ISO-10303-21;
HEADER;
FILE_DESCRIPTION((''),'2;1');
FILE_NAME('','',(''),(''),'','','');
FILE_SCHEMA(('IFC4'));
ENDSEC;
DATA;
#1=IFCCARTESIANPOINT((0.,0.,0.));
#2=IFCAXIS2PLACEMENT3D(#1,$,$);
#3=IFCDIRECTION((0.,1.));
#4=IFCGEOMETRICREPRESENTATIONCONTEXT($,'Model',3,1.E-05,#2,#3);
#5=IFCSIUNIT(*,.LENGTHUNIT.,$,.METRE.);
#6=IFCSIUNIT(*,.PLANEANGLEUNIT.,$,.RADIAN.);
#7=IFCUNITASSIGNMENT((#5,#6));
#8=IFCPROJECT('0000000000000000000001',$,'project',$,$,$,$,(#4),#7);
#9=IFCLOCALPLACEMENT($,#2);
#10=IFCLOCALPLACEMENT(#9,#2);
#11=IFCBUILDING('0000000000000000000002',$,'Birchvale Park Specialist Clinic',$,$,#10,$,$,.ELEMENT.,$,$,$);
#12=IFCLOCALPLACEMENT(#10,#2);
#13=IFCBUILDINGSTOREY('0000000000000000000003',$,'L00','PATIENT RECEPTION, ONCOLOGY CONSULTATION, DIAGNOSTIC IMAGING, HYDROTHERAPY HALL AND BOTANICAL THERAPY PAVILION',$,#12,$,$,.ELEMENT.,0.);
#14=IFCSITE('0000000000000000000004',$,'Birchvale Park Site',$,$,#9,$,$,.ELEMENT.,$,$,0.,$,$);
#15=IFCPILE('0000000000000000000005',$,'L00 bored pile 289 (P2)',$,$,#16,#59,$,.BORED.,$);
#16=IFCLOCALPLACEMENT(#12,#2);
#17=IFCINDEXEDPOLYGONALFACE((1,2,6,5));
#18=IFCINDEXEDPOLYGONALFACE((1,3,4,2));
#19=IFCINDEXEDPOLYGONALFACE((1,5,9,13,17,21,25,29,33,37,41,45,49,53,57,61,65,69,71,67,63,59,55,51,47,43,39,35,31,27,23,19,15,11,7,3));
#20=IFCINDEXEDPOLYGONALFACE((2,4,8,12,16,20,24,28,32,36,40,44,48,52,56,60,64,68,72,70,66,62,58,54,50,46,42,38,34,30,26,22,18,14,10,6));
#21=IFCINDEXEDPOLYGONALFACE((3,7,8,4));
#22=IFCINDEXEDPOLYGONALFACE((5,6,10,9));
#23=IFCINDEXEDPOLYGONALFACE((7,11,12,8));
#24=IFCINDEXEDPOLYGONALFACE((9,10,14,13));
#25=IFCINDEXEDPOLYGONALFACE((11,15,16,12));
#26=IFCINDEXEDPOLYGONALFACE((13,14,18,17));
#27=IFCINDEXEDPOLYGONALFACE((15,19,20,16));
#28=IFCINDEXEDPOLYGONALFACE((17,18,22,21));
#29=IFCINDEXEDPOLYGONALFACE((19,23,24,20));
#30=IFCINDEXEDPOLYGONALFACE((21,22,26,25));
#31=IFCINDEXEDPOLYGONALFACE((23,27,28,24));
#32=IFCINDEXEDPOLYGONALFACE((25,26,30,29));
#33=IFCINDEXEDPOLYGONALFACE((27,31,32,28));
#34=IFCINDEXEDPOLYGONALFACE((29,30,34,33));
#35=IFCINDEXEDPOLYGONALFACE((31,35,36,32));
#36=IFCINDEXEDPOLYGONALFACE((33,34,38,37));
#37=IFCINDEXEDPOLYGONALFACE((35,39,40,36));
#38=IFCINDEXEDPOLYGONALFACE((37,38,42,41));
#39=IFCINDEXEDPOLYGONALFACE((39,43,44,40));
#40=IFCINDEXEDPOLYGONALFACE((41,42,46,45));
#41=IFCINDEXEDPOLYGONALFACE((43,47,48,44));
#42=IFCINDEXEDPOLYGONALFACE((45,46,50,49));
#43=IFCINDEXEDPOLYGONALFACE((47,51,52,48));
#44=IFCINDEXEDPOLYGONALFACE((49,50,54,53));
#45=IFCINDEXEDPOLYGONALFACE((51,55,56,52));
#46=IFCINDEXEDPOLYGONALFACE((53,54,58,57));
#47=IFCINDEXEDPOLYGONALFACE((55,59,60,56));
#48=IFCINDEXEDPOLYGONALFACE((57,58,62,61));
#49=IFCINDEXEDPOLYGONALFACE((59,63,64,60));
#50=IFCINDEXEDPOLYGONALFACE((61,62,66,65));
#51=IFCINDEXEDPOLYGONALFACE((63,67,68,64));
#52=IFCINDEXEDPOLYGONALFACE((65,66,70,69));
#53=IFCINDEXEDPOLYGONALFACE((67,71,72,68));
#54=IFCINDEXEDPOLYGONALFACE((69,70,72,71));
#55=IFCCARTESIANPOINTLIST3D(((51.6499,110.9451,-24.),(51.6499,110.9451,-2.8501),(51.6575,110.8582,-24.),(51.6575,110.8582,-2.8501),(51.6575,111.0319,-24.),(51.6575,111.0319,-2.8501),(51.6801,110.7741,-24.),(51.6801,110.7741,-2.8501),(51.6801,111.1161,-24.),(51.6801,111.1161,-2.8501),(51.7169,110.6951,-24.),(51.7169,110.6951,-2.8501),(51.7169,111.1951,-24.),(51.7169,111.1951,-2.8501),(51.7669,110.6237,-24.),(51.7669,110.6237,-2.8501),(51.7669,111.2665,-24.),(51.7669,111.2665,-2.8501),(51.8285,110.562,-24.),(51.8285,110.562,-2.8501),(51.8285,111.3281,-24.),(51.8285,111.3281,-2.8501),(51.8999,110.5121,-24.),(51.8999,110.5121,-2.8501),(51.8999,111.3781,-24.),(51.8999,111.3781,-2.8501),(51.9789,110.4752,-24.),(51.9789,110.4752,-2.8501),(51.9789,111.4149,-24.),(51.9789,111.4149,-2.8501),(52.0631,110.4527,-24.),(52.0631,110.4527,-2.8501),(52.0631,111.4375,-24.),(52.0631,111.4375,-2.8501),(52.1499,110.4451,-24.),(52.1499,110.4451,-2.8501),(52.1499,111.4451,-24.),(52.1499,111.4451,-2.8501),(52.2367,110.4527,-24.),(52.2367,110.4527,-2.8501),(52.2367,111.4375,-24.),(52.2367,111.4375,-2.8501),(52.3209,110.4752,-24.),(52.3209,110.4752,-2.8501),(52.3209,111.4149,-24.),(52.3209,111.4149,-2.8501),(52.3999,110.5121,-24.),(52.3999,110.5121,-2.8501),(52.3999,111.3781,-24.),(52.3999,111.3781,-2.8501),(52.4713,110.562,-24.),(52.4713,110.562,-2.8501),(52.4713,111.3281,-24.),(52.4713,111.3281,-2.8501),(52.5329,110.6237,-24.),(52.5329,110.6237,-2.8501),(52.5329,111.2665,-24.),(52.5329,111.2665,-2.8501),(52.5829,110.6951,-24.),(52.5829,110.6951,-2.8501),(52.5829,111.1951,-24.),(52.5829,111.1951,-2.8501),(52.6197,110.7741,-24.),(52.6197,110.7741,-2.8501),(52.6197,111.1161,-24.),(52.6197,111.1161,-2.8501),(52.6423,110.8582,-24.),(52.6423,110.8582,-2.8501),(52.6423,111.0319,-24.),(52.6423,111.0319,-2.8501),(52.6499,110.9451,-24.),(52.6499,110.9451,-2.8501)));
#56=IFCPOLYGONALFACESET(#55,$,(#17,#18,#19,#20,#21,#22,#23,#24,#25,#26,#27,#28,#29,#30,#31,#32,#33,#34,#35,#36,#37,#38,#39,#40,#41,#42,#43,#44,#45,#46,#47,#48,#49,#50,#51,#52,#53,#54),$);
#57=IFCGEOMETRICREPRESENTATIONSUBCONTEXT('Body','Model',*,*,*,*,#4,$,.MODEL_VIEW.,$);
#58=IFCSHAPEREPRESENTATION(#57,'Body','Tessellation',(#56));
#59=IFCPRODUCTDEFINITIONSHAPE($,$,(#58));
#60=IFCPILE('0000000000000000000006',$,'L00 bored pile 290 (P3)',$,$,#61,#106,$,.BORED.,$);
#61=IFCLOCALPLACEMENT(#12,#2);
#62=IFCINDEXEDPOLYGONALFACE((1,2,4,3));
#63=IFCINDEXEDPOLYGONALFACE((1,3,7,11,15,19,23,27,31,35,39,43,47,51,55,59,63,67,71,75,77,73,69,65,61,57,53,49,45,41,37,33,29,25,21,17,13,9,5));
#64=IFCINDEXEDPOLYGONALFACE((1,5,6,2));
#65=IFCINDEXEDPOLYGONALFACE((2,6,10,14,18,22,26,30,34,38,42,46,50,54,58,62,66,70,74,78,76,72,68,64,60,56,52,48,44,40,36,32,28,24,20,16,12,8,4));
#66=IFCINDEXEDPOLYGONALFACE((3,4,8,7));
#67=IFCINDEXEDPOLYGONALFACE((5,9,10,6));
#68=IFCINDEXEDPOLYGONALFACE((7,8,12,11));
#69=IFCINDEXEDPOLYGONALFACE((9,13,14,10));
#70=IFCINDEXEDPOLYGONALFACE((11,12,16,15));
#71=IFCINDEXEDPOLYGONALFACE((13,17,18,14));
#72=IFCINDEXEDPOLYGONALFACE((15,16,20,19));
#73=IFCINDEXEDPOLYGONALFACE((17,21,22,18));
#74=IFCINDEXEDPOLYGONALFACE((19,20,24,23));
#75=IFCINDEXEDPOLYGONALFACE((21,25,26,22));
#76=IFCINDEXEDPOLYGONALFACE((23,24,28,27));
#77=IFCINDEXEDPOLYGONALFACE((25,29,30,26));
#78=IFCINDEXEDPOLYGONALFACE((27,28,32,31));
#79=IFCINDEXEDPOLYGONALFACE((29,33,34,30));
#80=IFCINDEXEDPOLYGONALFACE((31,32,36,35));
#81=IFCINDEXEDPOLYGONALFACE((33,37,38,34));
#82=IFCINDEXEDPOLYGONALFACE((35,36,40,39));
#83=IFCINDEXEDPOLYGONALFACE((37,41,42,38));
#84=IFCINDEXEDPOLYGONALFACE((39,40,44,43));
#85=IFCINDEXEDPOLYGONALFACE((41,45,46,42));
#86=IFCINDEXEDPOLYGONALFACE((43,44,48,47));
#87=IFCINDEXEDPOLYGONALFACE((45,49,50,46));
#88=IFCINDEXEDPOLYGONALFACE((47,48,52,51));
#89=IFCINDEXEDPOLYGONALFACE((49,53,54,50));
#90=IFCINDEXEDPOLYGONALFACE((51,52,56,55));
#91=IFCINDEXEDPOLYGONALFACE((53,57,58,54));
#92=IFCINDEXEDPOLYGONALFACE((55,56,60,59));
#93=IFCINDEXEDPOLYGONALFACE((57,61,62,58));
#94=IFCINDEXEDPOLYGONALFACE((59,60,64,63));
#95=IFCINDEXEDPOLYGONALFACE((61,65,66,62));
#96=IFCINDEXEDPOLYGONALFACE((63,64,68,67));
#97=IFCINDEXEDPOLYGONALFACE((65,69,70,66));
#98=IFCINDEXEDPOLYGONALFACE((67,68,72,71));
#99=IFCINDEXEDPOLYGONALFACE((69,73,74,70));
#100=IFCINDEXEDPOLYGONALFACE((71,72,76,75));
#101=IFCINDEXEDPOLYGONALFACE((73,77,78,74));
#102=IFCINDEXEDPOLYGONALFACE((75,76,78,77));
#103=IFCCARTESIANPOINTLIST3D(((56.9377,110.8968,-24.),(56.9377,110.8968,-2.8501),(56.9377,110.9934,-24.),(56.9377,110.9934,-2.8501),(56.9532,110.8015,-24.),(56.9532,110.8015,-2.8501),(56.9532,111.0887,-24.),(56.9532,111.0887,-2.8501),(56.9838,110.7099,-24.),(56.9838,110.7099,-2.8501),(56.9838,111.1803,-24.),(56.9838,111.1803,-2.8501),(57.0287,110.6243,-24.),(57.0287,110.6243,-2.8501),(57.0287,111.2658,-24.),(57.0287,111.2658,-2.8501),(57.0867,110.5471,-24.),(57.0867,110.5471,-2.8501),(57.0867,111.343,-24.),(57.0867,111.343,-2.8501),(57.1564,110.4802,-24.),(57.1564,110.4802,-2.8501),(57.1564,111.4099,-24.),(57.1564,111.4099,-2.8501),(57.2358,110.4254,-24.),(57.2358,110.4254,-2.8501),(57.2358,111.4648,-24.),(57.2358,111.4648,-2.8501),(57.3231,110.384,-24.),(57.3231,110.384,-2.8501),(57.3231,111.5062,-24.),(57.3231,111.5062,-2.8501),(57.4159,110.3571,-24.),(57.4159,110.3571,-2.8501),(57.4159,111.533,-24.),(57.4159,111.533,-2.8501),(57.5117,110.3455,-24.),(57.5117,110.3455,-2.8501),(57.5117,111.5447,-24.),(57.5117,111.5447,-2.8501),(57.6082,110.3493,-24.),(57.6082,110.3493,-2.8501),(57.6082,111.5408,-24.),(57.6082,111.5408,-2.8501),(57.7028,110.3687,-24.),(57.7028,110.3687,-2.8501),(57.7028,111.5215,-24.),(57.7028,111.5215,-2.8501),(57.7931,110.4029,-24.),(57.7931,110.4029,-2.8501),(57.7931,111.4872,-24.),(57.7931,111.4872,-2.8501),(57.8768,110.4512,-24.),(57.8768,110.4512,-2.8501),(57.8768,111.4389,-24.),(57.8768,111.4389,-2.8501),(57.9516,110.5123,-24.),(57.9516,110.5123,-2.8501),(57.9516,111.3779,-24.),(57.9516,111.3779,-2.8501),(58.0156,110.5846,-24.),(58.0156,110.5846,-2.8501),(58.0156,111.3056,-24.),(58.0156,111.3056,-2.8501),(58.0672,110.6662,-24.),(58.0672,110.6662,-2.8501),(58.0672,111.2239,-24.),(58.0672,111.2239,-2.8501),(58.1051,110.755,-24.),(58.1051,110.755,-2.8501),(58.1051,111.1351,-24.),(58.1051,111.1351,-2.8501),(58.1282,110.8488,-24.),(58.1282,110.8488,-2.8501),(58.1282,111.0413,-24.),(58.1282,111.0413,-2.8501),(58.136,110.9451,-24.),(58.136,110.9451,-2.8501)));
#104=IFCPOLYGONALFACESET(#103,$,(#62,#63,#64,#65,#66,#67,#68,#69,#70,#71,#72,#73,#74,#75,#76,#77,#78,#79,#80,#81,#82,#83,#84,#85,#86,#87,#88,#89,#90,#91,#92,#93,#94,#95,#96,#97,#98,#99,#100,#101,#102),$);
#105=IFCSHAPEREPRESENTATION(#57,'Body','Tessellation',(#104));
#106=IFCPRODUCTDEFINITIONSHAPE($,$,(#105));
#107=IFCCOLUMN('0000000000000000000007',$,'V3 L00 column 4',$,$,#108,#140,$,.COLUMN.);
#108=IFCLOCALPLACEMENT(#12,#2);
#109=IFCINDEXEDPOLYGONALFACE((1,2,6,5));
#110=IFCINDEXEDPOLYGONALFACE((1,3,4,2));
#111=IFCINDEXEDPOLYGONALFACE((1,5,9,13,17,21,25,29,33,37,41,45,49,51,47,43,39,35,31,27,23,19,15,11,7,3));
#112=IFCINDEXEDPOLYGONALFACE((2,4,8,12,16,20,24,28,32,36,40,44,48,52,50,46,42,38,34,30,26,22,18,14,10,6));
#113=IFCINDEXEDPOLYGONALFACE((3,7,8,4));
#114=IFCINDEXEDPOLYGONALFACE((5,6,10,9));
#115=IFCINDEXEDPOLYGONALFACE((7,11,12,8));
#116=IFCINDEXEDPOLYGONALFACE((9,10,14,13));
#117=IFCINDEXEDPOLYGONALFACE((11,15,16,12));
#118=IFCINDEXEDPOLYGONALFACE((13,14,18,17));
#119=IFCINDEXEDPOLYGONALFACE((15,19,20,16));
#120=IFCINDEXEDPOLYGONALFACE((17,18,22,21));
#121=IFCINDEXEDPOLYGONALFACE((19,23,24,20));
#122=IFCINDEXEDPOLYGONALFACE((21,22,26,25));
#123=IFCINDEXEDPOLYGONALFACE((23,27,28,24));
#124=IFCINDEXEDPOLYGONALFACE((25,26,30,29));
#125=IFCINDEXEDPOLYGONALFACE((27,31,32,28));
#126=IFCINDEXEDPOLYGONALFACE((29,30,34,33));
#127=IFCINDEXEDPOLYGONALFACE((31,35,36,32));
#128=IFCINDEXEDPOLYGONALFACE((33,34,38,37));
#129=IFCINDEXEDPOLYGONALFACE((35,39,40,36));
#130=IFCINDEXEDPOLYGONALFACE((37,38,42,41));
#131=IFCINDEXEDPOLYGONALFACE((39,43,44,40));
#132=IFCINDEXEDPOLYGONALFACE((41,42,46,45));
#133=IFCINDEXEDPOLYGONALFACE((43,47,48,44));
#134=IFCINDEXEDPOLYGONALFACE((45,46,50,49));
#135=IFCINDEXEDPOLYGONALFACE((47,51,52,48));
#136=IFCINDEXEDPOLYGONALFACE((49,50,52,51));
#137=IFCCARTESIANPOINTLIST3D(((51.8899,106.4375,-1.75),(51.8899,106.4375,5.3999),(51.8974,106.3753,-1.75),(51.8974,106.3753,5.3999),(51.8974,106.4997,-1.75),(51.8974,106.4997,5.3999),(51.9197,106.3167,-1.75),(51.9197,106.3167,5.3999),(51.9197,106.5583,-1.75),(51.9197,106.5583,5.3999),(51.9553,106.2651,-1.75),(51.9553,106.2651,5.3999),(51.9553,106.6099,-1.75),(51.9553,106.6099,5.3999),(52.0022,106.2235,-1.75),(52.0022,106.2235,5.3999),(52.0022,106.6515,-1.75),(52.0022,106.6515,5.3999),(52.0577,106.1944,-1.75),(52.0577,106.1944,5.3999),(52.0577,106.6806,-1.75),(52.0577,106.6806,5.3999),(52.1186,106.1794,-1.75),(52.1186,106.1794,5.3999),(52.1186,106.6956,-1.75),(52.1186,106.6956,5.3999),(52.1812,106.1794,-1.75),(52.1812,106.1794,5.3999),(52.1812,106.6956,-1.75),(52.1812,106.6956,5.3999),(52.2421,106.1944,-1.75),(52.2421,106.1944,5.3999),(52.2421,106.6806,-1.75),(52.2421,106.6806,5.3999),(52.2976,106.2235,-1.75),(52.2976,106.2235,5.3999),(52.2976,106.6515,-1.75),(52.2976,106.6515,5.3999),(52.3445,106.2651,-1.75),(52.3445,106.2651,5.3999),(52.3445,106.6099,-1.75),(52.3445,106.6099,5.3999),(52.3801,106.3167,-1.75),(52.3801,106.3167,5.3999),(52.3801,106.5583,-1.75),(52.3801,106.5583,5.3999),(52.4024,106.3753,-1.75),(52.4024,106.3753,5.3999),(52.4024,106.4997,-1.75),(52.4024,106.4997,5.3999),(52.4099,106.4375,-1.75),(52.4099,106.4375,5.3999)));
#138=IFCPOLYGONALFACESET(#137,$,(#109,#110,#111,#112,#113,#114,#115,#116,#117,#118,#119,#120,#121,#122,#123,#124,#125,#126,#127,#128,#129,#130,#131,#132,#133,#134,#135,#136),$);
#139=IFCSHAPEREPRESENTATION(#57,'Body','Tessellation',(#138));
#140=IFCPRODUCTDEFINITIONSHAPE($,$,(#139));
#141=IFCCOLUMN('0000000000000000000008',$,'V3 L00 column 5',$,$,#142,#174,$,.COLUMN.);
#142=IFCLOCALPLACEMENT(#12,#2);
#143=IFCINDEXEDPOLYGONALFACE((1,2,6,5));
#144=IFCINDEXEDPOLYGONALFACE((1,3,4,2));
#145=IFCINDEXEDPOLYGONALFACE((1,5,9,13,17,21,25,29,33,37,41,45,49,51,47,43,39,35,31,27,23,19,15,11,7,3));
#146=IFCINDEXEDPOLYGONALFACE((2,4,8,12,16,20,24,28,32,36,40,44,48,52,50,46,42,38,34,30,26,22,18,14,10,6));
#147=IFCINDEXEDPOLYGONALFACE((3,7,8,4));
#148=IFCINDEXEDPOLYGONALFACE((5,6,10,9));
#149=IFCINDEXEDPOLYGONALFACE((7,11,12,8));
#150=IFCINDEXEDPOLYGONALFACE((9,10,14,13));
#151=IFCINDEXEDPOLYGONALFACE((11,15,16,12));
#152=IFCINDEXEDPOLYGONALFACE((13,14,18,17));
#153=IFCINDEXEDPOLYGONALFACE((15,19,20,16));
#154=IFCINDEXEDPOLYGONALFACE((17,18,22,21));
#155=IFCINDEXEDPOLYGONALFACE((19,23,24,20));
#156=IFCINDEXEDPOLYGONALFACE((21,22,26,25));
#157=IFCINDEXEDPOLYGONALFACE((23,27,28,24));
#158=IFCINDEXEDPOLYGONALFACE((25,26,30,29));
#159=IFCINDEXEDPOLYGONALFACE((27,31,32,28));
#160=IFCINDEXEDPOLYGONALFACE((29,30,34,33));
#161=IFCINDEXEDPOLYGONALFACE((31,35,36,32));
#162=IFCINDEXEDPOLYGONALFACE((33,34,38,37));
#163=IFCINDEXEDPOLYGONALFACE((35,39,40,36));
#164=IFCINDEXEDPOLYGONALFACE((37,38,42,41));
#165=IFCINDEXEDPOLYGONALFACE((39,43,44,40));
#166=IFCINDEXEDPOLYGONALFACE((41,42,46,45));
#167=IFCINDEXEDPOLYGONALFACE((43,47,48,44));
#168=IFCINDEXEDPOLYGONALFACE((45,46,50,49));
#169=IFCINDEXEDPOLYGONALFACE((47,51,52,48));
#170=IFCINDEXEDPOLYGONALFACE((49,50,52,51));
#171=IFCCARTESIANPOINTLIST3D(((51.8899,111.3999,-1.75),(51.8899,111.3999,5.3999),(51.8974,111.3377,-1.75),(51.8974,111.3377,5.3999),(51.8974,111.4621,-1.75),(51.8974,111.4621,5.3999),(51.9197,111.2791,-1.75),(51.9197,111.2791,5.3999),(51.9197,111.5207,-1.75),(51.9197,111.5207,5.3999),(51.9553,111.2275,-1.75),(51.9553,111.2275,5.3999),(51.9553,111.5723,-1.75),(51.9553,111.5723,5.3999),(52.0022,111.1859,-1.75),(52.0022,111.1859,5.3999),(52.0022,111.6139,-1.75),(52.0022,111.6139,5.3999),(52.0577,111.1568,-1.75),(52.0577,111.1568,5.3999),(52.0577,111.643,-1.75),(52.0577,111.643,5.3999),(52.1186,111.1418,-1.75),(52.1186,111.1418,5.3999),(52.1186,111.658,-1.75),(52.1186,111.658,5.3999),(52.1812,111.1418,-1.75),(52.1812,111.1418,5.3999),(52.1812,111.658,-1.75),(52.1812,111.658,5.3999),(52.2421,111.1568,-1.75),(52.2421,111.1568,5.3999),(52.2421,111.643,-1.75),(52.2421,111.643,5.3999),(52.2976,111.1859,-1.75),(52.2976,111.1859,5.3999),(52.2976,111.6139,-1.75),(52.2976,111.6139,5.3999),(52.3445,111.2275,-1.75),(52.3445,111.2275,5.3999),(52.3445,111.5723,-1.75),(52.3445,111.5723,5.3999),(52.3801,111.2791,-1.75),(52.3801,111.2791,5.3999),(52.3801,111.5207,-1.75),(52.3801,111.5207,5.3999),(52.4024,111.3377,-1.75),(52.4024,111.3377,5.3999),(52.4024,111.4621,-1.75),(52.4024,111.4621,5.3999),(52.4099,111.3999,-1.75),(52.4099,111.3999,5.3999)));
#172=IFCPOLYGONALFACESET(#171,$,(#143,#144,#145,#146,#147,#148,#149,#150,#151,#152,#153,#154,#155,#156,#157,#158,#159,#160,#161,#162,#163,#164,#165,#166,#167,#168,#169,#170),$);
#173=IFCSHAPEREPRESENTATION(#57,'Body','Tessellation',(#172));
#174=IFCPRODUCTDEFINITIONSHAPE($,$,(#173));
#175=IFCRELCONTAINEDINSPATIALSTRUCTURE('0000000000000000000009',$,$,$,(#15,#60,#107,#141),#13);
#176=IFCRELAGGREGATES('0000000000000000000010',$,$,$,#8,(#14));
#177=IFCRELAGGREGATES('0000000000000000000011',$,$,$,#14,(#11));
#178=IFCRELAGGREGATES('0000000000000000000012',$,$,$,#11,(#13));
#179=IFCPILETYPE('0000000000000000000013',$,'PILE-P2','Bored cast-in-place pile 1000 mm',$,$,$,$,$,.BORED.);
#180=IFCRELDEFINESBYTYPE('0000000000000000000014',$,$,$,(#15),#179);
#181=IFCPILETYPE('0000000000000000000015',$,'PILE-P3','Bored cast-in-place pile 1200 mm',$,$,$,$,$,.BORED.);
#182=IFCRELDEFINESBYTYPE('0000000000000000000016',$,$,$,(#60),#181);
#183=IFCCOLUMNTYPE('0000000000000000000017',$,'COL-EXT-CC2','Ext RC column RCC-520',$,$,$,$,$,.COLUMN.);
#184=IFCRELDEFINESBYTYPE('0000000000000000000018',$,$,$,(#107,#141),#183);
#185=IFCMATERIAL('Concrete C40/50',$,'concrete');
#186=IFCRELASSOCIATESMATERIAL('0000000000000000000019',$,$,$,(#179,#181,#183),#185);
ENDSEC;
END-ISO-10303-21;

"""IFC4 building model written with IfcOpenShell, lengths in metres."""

from ifc_helpers import new_model, si_unit, direction, frame, origin, origin_2d, place, context, subcontext, project, spatial, circle, extrude, material, material_profile, profile_set, type_object, element, save


model = new_model("IFC4")

# Units and contexts
model_context = context("Model", 3, precision=1e-05, world=origin(), true_north=direction((0.0, 1.0)))
body_context = subcontext(model_context, "Body", "Model", "MODEL_VIEW")
ifc_project = project(units=[si_unit("LENGTHUNIT", "METRE"), si_unit("PLANEANGLEUNIT", "RADIAN")], contexts=[model_context])

# Site, building, storey
site_placement = place(None, origin())
site = spatial("IfcSite", under=ifc_project, at=site_placement, Name="Birchvale Park Site", CompositionType="ELEMENT", RefElevation=0.0)
building_placement = place(site_placement, origin())
building = spatial("IfcBuilding", under=site, at=building_placement, Name="Birchvale Park Specialist Clinic", CompositionType="ELEMENT")
storey_placement = place(building_placement, origin())
storey = spatial("IfcBuildingStorey", under=building, at=storey_placement, Name="L00", Description="PATIENT RECEPTION, ONCOLOGY CONSULTATION, DIAGNOSTIC IMAGING, HYDROTHERAPY HALL AND BOTANICAL THERAPY PAVILION", CompositionType="ELEMENT", Elevation=0.0)

# Shared definitions
ifc_material_1 = material(Name="Concrete C40/50", Category="concrete")

# Piles
ifc_material_profile_1 = material_profile(ifc_material_1, circle(Radius=0.5, at=origin_2d()), Name="PILE-1000")
ifc_profile_set_1 = profile_set([ifc_material_profile_1], Name="Concrete C40/50")
pile_type_1 = type_object("IfcPileType", Name="PILE-P2", Description="Bored cast-in-place pile 1000 mm", PredefinedType="BORED", material=ifc_profile_set_1)
for number, where, z_axis, x_axis, name in (
    (1, (52.1499, 110.9451, -2.8501), (0.0, 0.0, -1.0), (1.0, 0.0, 0.0), "L00 bored pile 289 (P2)"),
):
    element("IfcPile", number, at=place(storey_placement, frame(where, z_axis=z_axis, x_axis=x_axis)), inside=storey, type_object=pile_type_1, Name=name, PredefinedType="BORED", context=body_context, shape_type="SweptSolid", body=[
        extrude(circle(Radius=0.5, at=origin_2d()), origin(), (0.0, 0.0, 1.0), 21.1499),
    ])
ifc_material_profile_2 = material_profile(ifc_material_1, circle(Radius=0.6001, at=origin_2d()), Name="PILE-1200")
ifc_profile_set_2 = profile_set([ifc_material_profile_2], Name="Concrete C40/50")
pile_type_2 = type_object("IfcPileType", Name="PILE-P3", Description="Bored cast-in-place pile 1200 mm", PredefinedType="BORED", material=ifc_profile_set_2)
pile_1_placement = place(storey_placement, frame((57.5359, 110.9451, -2.8501), z_axis=(0.0, 0.0, -1.0), x_axis=(1.0, 0.0, 0.0)))
element("IfcPile", 2, at=pile_1_placement, inside=storey, type_object=pile_type_2, Name="L00 bored pile 290 (P3)", PredefinedType="BORED", context=body_context, shape_type="SweptSolid", body=[
    extrude(circle(Radius=0.6001, at=origin_2d()), origin(), (0.0, 0.0, 1.0), 21.1499),
])

# Columns
ifc_material_profile_3 = material_profile(ifc_material_1, circle(Radius=0.26, at=origin_2d()), Name="RCC-520")
ifc_profile_set_3 = profile_set([ifc_material_profile_3], Name="Concrete C40/50")
column_type = type_object("IfcColumnType", Name="COL-EXT-CC2", Description="Ext RC column RCC-520", PredefinedType="COLUMN", material=ifc_profile_set_3)
for number, where, z_axis, x_axis, name in (
    (3, (52.1499, 106.4375, -1.75), (0.0, 0.0, 1.0), (1.0, 0.0, 0.0), "V3 L00 column 4"),
    (4, (52.1499, 111.3999, -1.75), (0.0, 0.0, 1.0), (1.0, 0.0, 0.0), "V3 L00 column 5"),
):
    element("IfcColumn", number, at=place(storey_placement, frame(where, z_axis=z_axis, x_axis=x_axis)), inside=storey, type_object=column_type, Name=name, PredefinedType="COLUMN", context=body_context, shape_type="SweptSolid", body=[
        extrude(circle(Radius=0.26, at=origin_2d()), origin(), (0.0, 0.0, 1.0), 7.1499),
    ])

save(model, "model.ifc")
